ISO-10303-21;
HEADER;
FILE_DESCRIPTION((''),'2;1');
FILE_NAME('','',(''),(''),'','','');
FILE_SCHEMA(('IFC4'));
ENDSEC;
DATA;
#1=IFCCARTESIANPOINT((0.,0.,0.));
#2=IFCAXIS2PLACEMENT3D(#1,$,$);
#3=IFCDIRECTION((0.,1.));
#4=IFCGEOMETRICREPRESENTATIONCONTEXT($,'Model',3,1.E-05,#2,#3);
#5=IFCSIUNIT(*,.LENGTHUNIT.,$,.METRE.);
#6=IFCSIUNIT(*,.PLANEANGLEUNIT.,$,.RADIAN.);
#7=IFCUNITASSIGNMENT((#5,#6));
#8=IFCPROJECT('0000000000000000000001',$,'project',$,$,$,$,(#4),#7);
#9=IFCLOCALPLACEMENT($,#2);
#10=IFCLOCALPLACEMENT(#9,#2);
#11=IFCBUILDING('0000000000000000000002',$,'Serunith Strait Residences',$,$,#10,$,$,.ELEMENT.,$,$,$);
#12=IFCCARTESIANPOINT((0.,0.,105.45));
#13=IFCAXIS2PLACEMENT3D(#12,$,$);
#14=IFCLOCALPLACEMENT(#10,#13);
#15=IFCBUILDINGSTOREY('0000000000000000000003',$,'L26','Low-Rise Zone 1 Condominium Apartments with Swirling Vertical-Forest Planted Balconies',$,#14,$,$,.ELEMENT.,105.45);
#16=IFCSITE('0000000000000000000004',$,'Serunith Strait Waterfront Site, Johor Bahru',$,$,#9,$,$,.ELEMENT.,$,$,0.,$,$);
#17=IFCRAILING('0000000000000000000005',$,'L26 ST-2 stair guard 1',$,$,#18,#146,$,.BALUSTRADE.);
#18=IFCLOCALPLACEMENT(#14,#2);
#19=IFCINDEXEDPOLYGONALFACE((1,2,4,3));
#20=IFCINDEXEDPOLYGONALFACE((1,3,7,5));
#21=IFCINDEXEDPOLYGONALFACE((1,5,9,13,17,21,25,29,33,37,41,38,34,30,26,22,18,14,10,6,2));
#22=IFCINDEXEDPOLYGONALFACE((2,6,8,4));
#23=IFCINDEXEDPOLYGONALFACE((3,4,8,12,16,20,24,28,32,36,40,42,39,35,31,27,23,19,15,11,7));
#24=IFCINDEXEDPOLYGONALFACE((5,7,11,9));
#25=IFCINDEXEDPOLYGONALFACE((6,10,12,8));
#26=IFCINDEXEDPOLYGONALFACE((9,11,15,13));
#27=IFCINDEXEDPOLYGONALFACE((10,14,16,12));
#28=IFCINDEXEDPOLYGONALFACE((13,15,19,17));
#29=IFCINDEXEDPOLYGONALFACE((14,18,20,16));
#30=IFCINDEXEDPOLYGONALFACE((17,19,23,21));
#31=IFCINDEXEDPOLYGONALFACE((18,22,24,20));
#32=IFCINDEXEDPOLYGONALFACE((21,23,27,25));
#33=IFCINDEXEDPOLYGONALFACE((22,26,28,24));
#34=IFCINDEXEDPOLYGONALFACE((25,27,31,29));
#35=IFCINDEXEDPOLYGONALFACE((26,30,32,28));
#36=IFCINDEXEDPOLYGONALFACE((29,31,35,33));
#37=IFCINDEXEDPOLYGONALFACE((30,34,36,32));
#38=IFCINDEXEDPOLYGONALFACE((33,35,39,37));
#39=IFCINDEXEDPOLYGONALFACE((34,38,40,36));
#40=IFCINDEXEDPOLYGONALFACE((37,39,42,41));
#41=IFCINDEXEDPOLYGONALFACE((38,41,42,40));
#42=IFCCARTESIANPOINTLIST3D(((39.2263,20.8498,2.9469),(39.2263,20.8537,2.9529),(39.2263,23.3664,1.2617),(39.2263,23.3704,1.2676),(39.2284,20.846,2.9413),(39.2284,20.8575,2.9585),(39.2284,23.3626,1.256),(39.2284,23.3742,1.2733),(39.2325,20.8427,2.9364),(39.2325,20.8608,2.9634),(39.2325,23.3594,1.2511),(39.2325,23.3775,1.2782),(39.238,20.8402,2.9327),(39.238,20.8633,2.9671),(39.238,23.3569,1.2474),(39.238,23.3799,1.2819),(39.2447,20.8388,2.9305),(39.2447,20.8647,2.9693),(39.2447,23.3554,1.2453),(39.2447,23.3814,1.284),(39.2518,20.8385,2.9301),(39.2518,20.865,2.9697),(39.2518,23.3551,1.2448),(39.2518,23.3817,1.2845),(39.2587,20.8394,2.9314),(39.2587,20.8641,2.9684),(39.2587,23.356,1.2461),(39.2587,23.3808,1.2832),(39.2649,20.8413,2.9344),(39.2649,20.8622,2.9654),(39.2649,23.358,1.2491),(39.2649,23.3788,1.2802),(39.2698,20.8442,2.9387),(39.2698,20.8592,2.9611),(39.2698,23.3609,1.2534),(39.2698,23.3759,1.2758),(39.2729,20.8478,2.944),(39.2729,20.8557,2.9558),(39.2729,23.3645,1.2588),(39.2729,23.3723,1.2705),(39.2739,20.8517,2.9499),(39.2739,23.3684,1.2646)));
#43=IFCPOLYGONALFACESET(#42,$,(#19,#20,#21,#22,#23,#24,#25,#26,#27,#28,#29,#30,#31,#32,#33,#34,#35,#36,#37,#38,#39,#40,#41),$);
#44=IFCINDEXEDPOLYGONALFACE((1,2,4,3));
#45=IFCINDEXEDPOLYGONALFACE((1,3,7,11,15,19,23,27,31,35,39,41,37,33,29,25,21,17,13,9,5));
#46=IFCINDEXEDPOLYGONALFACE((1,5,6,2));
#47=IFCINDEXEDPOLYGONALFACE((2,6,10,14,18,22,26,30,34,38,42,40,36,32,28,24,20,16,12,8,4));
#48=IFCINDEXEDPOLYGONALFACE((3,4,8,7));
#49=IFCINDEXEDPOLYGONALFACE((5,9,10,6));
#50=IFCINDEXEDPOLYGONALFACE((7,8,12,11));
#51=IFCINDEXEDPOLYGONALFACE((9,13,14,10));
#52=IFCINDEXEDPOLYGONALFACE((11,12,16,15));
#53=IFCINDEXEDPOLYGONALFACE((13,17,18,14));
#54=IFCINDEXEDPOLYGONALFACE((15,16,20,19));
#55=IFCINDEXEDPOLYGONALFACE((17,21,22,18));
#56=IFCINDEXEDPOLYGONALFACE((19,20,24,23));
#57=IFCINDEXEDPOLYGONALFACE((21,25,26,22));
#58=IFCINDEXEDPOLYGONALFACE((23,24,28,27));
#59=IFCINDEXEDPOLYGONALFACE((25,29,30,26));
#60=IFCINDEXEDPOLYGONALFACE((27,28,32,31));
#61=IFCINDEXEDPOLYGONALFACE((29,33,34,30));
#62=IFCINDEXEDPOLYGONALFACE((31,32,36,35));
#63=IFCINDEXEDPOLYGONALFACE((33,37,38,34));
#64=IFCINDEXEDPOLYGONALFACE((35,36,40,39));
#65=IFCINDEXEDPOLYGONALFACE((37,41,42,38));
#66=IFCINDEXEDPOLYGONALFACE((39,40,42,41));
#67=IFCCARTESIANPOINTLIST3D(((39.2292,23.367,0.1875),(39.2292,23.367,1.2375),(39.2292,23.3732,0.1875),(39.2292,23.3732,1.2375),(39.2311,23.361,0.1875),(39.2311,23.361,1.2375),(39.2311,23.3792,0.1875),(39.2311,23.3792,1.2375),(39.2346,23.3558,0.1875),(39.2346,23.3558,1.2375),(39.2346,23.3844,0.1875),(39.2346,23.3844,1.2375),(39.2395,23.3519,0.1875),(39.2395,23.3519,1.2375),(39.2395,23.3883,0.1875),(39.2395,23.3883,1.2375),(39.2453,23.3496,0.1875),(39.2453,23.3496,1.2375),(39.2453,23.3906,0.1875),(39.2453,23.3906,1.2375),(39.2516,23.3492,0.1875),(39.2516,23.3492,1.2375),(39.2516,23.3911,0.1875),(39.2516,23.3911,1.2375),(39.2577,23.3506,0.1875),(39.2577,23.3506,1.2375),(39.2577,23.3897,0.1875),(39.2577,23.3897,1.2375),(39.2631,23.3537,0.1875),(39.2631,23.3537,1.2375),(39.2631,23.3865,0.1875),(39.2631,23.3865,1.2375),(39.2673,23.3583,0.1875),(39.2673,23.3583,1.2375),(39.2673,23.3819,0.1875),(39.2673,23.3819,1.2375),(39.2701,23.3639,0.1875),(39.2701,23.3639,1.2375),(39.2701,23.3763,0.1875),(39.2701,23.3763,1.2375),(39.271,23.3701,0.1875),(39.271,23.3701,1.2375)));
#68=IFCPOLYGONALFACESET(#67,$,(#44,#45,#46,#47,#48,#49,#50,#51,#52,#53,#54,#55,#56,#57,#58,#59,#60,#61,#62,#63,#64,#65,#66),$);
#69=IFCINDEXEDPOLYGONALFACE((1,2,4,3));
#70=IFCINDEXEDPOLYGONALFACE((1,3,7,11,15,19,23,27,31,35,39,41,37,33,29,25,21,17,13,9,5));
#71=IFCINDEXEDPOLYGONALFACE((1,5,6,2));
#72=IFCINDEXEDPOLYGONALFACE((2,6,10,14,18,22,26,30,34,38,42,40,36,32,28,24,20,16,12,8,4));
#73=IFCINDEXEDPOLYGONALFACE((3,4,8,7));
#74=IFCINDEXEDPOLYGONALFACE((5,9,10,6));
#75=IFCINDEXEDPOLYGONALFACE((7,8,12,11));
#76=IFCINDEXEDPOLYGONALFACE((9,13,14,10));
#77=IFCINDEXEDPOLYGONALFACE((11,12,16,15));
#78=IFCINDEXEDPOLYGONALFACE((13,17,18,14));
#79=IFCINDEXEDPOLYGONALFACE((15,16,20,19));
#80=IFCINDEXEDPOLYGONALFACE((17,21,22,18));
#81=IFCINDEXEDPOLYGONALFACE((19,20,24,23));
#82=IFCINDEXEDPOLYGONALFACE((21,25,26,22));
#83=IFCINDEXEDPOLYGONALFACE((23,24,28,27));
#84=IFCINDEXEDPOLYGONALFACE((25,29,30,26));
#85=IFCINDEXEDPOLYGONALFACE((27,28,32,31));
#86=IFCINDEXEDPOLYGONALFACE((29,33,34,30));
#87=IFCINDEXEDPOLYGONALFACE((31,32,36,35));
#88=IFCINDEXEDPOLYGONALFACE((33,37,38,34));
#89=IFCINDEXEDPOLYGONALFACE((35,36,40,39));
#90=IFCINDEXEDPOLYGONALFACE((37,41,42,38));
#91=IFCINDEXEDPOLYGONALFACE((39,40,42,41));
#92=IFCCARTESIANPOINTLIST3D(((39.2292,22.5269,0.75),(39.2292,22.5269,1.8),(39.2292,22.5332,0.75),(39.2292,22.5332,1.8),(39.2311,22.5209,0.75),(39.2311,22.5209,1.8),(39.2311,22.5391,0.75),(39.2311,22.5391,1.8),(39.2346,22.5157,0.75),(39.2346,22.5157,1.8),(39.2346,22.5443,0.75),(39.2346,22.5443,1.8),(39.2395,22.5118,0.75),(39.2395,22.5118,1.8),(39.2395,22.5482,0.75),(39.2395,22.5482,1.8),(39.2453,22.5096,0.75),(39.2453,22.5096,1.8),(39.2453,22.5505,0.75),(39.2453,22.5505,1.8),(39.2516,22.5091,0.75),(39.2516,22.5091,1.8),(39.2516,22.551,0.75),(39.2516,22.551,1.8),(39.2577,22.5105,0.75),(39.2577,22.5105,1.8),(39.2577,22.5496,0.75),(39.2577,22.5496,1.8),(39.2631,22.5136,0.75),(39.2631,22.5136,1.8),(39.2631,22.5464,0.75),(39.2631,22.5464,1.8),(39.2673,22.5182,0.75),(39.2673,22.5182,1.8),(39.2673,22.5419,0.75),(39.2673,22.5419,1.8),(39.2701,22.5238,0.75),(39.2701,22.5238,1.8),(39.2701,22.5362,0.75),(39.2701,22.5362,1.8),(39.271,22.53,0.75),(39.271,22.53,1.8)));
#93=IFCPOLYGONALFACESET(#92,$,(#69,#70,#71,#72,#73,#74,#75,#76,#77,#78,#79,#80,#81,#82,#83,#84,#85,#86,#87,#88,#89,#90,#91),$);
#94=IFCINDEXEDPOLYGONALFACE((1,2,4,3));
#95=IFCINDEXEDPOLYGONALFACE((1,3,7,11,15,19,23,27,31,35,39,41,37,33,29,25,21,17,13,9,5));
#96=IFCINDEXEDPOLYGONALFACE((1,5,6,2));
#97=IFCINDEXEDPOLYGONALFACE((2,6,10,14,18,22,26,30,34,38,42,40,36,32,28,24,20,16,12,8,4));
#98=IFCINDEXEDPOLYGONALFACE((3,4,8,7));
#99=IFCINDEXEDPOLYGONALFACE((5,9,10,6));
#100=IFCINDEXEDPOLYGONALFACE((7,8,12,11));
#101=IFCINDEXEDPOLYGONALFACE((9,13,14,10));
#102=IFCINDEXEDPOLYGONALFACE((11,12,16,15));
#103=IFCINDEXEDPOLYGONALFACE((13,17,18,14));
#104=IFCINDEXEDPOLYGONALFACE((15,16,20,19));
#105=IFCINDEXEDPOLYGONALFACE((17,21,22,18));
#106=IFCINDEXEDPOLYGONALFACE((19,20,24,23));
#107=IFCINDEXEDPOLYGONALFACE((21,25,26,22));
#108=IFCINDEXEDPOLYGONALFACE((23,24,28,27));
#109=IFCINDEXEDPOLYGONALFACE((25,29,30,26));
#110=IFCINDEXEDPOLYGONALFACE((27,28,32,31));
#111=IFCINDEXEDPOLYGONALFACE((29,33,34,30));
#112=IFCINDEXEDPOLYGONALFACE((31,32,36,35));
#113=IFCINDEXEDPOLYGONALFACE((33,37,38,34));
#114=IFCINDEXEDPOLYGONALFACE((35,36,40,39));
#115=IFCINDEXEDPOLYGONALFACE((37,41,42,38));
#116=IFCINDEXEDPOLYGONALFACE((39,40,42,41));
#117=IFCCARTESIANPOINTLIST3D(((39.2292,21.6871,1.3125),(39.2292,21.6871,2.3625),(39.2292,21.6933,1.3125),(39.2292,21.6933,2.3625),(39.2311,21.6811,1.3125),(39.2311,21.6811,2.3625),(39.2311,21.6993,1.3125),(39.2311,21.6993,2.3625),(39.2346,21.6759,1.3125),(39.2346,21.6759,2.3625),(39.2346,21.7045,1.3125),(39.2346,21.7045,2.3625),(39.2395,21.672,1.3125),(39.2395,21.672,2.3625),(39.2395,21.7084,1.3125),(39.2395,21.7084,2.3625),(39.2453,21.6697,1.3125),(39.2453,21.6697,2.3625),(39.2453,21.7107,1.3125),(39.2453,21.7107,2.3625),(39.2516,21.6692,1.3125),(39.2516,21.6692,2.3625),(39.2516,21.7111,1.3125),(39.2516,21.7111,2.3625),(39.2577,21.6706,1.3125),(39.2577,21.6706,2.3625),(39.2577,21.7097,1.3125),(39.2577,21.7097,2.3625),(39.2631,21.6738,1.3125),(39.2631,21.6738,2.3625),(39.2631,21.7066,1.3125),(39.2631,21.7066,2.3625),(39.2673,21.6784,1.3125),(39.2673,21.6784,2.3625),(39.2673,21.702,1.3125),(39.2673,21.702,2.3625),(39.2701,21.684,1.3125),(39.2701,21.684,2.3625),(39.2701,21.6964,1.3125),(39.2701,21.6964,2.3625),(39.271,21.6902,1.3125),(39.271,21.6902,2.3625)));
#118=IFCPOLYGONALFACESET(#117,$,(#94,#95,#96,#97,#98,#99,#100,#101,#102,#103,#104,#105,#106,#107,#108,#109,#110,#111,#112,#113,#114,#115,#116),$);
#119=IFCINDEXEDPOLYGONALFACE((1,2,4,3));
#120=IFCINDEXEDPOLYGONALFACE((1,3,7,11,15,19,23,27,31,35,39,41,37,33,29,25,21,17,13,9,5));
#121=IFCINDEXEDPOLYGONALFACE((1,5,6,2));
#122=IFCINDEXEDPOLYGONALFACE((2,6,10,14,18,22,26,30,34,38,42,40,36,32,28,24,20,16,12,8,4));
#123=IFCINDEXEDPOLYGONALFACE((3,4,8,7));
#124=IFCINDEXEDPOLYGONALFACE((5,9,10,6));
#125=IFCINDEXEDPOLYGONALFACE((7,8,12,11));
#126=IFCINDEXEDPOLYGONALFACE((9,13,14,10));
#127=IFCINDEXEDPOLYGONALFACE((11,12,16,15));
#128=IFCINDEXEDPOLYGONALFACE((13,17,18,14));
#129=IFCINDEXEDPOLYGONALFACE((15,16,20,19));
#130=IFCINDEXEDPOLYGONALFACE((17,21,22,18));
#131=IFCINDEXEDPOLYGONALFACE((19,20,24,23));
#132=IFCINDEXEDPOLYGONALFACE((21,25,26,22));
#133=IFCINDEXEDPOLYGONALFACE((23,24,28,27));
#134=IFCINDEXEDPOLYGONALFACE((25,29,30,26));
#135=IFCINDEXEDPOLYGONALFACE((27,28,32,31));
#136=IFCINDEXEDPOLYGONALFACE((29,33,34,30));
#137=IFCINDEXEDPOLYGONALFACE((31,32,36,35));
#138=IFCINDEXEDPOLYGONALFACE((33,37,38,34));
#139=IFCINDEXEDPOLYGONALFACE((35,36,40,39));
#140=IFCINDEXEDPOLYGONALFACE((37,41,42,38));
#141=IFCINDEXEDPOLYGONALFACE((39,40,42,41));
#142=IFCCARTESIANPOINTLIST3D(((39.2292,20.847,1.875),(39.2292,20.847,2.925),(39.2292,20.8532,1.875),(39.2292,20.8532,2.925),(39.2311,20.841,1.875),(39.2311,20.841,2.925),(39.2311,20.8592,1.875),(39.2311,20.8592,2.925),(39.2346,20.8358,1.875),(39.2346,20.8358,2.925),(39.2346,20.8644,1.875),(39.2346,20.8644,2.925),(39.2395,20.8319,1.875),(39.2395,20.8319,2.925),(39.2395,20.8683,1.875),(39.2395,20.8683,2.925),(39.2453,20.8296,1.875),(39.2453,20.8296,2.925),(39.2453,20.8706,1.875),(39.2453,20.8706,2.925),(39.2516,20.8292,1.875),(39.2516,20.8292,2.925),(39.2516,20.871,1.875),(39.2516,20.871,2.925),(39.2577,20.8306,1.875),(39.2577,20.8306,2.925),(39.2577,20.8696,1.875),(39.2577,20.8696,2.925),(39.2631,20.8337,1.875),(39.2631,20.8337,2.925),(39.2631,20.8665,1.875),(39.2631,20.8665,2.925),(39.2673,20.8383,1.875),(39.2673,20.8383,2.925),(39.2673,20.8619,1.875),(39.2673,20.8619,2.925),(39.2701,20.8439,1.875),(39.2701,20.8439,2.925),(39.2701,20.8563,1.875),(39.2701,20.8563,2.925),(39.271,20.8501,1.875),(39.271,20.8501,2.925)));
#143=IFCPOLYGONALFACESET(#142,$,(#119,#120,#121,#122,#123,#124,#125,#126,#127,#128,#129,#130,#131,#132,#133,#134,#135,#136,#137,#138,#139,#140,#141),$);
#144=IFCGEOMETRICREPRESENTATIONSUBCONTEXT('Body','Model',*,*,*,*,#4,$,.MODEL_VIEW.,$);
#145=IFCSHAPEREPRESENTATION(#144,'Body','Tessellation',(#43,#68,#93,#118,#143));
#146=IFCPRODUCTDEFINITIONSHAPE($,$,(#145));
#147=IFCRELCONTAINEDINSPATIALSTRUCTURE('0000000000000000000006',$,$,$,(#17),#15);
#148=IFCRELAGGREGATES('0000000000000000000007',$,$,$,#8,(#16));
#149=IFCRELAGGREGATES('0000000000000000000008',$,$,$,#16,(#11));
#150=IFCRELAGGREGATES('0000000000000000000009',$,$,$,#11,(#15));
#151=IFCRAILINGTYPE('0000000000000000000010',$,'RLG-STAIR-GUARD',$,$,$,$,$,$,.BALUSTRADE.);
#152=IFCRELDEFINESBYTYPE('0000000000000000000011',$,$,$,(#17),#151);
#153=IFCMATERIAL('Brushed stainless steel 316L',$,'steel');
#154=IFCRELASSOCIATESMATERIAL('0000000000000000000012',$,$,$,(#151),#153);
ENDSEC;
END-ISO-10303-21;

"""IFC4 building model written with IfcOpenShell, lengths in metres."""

from ifc_helpers import new_model, si_unit, direction, frame, origin, origin_2d, place, context, subcontext, project, spatial, circle, extrude, material, type_object, element, save


model = new_model("IFC4")

# Units and contexts
model_context = context("Model", 3, precision=1e-05, world=origin(), true_north=direction((0.0, 1.0)))
body_context = subcontext(model_context, "Body", "Model", "MODEL_VIEW")
ifc_project = project(units=[si_unit("LENGTHUNIT", "METRE"), si_unit("PLANEANGLEUNIT", "RADIAN")], contexts=[model_context])

# Site, building, storey
site_placement = place(None, origin())
site = spatial("IfcSite", under=ifc_project, at=site_placement, Name="Serunith Strait Waterfront Site, Johor Bahru", CompositionType="ELEMENT", RefElevation=0.0)
building_placement = place(site_placement, origin())
building = spatial("IfcBuilding", under=site, at=building_placement, Name="Serunith Strait Residences", CompositionType="ELEMENT")
storey_placement = place(building_placement, frame((0.0, 0.0, 105.45)))
storey = spatial("IfcBuildingStorey", under=building, at=storey_placement, Name="L26", Description="Low-Rise Zone 1 Condominium Apartments with Swirling Vertical-Forest Planted Balconies", CompositionType="ELEMENT", Elevation=105.45)

# Railing
ifc_material_1 = material(Name="Brushed stainless steel 316L", Category="steel")
railing_type_1 = type_object("IfcRailingType", Name="RLG-STAIR-GUARD", PredefinedType="BALUSTRADE", material=ifc_material_1)
railing_1_placement = place(storey_placement, frame((39.25, 23.3701, 0.1875)))
element("IfcRailing", 1, at=railing_1_placement, inside=storey, type_object=railing_type_1, Name="L26 ST-2 stair guard 1", PredefinedType="BALUSTRADE", context=body_context, shape_type="SweptSolid", body=[
    extrude(circle(Radius=0.0239, at=origin_2d()), frame((0.0, -0.0017, 1.0771), z_axis=(0.0, -0.830909, 0.556408), x_axis=(1.0, 0.0, 0.0)), (0.0, 0.0, 1.0), 3.0288),
    extrude(circle(Radius=0.021, at=origin_2d()), origin(), (0.0, 0.0, 1.0), 1.05),
    extrude(circle(Radius=0.021, at=origin_2d()), frame((0.0, -0.8401, 0.5625)), (0.0, 0.0, 1.0), 1.05),
    extrude(circle(Radius=0.021, at=origin_2d()), frame((0.0, -1.6799, 1.125)), (0.0, 0.0, 1.0), 1.05),
    extrude(circle(Radius=0.021, at=origin_2d()), frame((0.0, -2.52, 1.6875)), (0.0, 0.0, 1.0), 1.05),
])

save(model, "model.ifc")
